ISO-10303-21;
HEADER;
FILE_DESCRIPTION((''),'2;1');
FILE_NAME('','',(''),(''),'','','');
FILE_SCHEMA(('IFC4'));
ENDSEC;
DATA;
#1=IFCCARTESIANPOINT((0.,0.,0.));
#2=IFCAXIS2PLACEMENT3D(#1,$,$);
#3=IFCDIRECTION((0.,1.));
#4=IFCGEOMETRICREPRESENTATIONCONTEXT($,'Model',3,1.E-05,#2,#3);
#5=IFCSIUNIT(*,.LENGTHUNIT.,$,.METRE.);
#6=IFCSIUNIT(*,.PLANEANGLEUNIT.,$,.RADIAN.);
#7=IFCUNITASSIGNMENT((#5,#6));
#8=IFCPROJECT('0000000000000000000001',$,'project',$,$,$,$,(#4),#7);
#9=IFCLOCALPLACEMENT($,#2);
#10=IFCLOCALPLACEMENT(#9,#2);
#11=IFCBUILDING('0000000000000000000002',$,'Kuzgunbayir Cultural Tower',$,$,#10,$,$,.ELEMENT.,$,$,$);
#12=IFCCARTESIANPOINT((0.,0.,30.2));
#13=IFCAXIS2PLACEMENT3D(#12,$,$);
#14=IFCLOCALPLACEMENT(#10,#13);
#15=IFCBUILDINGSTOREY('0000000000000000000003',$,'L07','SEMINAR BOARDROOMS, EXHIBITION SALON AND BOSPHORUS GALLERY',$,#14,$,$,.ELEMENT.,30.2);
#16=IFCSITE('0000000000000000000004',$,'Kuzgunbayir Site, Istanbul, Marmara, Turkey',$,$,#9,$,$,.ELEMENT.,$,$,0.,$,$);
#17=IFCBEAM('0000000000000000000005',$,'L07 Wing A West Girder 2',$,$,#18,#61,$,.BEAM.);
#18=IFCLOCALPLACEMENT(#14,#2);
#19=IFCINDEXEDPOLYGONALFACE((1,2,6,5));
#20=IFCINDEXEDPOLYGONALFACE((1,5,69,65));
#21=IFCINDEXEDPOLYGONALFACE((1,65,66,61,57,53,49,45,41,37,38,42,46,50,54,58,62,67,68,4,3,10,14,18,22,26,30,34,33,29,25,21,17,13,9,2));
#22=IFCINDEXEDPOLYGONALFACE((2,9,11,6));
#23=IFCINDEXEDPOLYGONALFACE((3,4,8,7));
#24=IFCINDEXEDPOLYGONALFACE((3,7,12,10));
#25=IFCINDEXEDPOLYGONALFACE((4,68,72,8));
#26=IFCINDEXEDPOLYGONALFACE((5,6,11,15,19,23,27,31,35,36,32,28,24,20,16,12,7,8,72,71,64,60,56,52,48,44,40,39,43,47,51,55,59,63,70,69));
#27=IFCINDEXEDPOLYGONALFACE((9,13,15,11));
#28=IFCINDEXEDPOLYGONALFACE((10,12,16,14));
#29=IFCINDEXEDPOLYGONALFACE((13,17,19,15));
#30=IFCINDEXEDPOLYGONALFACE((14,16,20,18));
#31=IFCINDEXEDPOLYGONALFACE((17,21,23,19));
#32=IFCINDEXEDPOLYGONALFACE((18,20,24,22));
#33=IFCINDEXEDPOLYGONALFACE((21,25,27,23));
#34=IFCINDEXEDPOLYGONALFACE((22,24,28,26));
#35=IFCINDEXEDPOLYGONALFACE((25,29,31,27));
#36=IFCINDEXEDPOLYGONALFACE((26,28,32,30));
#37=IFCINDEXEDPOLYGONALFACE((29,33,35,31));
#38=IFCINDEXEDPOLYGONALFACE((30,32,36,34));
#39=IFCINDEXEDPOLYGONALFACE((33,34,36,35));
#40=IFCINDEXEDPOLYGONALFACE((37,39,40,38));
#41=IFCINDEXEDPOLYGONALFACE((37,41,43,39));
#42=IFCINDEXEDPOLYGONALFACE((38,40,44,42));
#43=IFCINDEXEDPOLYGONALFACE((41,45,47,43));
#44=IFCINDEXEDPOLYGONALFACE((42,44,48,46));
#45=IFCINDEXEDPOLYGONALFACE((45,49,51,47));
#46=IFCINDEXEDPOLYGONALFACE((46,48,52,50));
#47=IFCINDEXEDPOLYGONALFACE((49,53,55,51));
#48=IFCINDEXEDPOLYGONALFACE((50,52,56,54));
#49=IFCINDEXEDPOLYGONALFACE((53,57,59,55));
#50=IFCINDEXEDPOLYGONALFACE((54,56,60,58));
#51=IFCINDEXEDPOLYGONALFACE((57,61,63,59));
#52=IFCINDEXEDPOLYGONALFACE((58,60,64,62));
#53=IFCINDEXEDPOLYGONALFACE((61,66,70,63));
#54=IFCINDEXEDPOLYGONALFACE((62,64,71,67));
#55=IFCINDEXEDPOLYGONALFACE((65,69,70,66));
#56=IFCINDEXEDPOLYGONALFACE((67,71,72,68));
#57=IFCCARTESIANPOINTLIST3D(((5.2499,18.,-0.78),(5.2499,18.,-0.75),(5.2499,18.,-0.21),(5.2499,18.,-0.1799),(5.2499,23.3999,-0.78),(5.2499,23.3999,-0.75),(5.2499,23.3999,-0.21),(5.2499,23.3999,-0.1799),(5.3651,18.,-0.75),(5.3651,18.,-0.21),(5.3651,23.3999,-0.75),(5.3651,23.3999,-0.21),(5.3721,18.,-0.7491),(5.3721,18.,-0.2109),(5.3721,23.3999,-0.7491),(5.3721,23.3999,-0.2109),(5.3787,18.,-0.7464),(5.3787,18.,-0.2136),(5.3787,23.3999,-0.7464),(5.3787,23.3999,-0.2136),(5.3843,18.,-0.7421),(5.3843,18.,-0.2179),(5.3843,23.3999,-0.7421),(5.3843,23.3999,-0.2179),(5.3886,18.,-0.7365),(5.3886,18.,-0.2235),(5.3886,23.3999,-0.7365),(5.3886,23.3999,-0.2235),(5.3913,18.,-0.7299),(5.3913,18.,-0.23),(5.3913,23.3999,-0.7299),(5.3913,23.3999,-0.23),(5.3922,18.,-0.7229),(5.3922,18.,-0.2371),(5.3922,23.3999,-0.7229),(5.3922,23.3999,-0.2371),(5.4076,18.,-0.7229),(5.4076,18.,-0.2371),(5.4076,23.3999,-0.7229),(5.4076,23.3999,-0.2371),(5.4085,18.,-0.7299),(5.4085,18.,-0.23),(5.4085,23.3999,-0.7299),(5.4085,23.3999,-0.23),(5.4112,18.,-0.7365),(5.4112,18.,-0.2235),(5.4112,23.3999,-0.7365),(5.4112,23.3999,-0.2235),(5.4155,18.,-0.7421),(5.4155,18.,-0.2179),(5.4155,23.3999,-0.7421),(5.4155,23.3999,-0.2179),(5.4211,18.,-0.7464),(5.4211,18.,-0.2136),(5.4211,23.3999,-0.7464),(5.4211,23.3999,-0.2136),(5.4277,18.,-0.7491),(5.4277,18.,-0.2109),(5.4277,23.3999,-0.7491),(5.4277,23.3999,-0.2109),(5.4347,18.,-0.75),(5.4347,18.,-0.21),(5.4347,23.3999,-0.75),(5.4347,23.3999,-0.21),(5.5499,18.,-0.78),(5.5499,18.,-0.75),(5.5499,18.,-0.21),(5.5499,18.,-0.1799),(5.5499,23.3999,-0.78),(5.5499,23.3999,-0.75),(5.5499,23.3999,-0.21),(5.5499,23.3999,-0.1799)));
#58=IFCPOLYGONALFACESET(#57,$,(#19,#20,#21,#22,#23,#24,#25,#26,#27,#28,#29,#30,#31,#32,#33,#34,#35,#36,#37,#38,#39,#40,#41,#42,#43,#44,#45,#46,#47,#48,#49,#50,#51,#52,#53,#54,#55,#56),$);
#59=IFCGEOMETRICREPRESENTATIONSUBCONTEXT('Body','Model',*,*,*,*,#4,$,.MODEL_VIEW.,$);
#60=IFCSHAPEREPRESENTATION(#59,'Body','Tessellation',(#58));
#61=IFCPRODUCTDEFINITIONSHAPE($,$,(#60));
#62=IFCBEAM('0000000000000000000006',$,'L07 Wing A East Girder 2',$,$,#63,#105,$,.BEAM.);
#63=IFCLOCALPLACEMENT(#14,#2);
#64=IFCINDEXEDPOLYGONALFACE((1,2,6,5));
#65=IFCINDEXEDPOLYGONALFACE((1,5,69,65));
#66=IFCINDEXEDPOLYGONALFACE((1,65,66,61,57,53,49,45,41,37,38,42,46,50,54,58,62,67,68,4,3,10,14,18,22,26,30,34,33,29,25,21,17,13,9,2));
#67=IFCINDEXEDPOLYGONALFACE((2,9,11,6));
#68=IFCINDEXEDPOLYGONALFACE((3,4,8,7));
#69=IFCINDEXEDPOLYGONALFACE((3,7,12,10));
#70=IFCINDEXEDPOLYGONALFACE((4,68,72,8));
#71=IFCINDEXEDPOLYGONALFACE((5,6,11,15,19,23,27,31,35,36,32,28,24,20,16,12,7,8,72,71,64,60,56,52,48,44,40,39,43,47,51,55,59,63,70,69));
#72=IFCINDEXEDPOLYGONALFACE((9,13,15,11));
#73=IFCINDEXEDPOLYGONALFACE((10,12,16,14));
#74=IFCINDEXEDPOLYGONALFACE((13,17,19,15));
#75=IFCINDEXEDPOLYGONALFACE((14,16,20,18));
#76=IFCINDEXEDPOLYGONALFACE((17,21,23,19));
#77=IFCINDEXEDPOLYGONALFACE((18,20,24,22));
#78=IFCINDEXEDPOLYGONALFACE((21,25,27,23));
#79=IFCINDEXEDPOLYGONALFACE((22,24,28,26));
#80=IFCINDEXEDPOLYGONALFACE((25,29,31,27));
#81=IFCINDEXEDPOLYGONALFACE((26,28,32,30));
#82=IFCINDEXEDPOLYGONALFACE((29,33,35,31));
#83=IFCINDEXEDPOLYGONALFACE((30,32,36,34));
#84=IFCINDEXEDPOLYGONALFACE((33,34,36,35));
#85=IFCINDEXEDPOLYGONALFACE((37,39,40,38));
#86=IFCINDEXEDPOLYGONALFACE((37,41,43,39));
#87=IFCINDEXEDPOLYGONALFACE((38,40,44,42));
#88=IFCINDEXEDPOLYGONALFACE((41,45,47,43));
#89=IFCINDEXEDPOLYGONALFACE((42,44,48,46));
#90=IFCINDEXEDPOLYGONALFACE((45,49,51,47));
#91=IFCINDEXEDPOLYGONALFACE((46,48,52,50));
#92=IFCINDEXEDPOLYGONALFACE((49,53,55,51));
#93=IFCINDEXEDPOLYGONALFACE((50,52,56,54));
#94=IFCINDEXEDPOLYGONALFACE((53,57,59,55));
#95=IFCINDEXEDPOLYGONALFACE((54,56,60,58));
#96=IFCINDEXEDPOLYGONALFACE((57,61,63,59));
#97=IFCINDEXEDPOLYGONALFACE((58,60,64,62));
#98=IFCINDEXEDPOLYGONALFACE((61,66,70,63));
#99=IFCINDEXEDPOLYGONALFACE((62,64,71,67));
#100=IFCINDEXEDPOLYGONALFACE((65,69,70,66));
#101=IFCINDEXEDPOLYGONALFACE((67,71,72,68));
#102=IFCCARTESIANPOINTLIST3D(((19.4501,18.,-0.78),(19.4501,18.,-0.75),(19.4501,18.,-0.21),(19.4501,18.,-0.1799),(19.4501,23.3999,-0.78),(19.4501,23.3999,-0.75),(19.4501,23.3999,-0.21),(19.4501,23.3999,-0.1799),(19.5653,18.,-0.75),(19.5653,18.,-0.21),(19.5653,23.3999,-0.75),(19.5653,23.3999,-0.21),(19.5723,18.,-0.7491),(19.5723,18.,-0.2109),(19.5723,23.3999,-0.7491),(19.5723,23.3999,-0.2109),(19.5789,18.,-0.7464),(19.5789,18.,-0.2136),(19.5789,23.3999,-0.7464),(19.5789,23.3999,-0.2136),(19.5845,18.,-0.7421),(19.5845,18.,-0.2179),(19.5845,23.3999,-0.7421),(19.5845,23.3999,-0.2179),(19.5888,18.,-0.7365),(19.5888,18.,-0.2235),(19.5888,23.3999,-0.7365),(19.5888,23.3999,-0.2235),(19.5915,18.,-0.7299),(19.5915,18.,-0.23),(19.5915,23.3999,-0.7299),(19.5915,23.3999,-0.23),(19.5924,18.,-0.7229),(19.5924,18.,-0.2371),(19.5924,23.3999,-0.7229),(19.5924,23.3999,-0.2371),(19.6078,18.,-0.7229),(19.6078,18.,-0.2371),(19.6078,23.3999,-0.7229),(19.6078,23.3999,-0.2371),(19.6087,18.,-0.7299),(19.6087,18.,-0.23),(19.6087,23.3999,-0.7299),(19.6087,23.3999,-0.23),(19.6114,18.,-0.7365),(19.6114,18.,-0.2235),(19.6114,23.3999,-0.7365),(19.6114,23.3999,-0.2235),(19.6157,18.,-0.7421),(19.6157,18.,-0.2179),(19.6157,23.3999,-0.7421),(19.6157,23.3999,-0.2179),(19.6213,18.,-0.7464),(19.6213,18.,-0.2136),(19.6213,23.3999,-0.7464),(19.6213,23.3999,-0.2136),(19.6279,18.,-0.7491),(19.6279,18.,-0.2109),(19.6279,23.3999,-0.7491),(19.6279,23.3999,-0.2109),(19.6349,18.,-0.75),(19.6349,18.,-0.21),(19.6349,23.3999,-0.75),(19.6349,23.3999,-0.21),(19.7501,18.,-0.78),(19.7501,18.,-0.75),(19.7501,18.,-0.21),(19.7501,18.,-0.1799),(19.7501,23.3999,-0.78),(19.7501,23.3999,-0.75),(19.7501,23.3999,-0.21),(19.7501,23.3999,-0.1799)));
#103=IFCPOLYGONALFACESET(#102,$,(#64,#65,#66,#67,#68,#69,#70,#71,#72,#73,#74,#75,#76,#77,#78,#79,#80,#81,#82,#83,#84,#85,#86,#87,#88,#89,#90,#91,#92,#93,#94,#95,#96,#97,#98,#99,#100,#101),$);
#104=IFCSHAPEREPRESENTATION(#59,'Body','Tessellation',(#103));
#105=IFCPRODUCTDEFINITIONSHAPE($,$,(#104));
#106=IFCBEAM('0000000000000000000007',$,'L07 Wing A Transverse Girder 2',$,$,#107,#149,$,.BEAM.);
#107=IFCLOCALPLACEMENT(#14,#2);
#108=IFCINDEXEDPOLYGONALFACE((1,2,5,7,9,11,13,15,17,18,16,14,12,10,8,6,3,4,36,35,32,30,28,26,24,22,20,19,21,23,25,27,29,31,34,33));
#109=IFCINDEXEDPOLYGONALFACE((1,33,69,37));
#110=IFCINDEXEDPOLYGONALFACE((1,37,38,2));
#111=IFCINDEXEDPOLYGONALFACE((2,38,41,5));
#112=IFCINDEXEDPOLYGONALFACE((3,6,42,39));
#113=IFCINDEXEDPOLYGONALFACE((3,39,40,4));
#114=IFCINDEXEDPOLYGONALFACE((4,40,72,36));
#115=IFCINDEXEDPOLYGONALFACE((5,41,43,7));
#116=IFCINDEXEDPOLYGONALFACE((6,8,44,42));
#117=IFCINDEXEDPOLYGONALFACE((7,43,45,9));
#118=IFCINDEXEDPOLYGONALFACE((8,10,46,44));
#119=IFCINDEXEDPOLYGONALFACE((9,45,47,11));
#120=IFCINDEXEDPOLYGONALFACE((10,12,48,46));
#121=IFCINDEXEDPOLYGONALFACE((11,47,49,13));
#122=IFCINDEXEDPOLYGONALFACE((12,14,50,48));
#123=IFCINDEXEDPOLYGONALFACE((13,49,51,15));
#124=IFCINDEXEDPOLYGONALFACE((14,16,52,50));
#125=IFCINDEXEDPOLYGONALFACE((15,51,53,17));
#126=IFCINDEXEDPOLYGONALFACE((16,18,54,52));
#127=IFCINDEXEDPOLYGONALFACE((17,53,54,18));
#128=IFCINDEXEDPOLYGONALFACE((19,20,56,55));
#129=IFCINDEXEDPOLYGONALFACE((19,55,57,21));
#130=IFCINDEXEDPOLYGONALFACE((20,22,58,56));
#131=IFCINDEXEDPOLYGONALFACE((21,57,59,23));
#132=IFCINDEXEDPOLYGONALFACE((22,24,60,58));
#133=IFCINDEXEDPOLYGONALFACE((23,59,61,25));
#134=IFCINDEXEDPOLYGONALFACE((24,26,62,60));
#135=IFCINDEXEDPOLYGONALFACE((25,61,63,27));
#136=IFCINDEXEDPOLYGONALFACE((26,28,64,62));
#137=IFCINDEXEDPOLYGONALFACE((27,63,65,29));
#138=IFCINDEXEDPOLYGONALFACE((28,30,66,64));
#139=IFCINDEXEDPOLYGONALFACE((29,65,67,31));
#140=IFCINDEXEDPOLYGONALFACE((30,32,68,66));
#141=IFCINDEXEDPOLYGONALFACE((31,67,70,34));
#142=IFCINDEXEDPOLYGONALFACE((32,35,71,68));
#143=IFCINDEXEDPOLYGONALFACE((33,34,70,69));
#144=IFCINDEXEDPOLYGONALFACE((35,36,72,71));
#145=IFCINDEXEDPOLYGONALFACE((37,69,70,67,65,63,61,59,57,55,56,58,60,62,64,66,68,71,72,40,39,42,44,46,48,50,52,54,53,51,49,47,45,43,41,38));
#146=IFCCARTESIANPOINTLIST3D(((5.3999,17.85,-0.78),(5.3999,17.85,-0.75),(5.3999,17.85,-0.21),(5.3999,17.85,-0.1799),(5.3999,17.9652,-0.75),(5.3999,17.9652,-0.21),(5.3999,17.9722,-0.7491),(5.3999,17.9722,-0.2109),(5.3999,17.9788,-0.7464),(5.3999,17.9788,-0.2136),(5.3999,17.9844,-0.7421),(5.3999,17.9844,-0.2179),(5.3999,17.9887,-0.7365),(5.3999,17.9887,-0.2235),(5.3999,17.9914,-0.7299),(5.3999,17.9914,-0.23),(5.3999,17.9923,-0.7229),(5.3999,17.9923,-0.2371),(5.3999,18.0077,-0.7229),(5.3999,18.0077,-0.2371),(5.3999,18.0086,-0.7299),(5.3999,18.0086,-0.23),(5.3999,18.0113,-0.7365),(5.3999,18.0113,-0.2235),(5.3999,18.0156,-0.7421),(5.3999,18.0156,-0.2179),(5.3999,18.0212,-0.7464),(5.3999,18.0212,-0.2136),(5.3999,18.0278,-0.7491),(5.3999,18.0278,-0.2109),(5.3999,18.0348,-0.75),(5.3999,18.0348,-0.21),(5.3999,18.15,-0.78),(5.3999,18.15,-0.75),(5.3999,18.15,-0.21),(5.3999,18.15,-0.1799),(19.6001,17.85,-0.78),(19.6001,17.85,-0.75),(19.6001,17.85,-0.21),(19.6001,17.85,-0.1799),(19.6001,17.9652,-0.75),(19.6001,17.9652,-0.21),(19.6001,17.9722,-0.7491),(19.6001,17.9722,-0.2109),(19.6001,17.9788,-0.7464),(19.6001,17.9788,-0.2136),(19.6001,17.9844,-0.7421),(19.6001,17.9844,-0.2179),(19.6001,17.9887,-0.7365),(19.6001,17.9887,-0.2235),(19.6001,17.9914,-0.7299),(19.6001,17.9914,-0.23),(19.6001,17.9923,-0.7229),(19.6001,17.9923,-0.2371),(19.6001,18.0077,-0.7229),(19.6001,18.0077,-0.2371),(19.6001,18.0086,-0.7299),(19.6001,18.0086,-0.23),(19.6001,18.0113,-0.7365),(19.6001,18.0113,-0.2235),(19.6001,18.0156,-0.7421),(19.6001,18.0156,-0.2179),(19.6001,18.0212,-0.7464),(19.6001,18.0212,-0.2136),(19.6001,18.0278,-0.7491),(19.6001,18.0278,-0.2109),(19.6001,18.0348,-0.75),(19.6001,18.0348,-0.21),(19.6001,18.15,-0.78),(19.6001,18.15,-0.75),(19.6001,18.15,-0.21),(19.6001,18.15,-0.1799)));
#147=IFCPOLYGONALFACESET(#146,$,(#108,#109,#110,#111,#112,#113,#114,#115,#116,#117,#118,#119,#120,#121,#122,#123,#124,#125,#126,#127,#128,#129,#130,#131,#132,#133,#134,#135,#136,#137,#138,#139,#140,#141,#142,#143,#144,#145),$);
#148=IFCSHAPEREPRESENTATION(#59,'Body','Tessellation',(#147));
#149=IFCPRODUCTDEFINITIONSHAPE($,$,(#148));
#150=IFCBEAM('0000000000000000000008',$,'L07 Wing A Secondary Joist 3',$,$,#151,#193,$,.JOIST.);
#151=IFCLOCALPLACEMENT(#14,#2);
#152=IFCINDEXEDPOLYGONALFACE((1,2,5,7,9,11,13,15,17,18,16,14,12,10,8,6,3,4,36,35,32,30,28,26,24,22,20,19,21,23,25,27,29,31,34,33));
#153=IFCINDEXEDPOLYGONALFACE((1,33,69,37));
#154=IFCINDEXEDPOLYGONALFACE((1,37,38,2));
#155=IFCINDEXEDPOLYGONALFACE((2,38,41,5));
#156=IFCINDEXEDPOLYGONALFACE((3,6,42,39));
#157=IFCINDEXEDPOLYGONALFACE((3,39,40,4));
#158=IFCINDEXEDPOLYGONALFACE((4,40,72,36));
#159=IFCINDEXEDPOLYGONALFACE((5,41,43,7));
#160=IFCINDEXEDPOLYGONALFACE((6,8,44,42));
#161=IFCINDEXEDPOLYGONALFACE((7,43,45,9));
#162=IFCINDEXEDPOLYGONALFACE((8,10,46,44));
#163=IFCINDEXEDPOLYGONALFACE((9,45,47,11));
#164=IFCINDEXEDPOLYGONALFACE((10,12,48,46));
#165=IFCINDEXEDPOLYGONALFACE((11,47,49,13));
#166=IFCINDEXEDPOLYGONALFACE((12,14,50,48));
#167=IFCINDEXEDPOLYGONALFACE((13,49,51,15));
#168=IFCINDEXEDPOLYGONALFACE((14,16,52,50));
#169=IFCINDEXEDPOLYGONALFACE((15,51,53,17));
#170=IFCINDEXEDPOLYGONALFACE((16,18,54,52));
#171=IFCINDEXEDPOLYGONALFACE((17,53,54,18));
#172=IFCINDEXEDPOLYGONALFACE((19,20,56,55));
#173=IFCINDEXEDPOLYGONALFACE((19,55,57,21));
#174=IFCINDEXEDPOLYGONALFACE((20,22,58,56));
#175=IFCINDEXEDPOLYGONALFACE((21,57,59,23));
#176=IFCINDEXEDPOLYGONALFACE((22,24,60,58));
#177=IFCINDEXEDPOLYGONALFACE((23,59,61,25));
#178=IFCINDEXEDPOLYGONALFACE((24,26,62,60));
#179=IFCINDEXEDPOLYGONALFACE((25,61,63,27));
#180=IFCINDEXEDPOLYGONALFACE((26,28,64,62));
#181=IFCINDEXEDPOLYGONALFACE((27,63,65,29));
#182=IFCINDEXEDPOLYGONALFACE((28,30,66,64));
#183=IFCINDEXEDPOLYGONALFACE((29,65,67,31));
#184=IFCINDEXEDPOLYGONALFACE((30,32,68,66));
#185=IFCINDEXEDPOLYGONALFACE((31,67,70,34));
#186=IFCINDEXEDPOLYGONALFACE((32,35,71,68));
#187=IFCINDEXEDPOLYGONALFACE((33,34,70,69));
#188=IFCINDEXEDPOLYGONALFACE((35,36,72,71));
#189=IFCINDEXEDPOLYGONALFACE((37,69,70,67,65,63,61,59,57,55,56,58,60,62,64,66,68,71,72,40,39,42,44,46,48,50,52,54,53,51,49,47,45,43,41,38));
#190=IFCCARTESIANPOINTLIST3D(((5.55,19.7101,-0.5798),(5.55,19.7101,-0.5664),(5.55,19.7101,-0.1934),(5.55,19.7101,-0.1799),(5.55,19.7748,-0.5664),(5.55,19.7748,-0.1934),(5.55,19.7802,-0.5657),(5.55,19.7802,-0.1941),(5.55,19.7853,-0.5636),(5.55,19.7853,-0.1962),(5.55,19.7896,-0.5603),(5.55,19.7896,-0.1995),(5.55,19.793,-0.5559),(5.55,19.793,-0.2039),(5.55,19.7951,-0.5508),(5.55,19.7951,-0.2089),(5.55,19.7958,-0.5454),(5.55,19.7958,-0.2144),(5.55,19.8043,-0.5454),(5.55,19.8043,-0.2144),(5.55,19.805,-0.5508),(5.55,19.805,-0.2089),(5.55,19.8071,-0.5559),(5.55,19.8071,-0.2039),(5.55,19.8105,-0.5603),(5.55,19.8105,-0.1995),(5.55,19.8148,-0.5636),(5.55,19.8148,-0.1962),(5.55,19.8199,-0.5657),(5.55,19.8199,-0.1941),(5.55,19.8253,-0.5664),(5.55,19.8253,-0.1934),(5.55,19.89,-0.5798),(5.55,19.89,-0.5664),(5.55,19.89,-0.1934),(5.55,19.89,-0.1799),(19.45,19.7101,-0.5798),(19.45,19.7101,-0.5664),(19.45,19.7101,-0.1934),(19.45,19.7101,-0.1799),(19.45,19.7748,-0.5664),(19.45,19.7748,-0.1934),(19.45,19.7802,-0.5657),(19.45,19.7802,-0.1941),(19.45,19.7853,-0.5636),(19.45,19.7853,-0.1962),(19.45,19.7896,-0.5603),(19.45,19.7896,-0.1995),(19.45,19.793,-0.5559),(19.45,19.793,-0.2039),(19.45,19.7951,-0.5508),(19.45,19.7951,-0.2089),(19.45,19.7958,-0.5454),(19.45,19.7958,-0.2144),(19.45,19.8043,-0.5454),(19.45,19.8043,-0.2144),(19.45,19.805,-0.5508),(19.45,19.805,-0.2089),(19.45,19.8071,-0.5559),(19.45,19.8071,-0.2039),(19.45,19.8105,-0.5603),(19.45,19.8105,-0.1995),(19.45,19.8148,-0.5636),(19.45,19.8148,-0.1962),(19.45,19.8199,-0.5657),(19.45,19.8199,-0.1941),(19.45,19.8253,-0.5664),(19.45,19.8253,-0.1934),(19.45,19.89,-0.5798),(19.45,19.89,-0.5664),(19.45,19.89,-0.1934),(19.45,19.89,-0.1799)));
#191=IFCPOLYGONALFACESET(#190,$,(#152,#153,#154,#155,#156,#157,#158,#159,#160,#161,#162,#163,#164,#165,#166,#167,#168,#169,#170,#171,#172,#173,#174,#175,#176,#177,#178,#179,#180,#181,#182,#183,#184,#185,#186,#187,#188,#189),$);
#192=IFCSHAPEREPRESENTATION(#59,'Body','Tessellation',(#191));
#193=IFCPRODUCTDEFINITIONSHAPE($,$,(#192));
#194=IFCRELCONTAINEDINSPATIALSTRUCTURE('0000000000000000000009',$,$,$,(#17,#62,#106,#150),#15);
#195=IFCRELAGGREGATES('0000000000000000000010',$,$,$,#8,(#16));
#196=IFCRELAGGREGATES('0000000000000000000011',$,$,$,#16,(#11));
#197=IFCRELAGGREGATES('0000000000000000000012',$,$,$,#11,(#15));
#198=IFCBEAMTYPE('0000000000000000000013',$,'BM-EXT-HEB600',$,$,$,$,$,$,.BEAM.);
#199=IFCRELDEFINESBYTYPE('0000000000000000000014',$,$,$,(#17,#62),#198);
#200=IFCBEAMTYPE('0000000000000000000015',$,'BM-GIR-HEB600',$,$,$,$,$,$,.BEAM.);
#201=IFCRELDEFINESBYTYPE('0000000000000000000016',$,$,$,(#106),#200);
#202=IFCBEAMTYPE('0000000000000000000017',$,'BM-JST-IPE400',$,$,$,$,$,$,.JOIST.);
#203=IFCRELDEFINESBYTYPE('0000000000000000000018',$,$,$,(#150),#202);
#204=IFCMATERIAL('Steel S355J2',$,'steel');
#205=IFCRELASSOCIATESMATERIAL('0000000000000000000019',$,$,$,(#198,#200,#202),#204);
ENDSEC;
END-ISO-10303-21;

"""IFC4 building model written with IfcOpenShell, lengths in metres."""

from ifc_helpers import new_model, si_unit, direction, frame, origin, origin_2d, place, context, subcontext, project, spatial, i_section, extrude, material, material_profile, profile_set, type_object, element, save


model = new_model("IFC4")

# Units and contexts
model_context = context("Model", 3, precision=1e-05, world=origin(), true_north=direction((0.0, 1.0)))
body_context = subcontext(model_context, "Body", "Model", "MODEL_VIEW")
ifc_project = project(units=[si_unit("LENGTHUNIT", "METRE"), si_unit("PLANEANGLEUNIT", "RADIAN")], contexts=[model_context])

# Site, building, storey
site_placement = place(None, origin())
site = spatial("IfcSite", under=ifc_project, at=site_placement, Name="Kuzgunbayir Site, Istanbul, Marmara, Turkey", CompositionType="ELEMENT", RefElevation=0.0)
building_placement = place(site_placement, origin())
building = spatial("IfcBuilding", under=site, at=building_placement, Name="Kuzgunbayir Cultural Tower", CompositionType="ELEMENT")
storey_placement = place(building_placement, frame((0.0, 0.0, 30.2)))
storey = spatial("IfcBuildingStorey", under=building, at=storey_placement, Name="L07", Description="SEMINAR BOARDROOMS, EXHIBITION SALON AND BOSPHORUS GALLERY", CompositionType="ELEMENT", Elevation=30.2)

# Beams
ifc_material_1 = material(Name="Steel S355J2", Category="steel")
ifc_material_profile_1 = material_profile(ifc_material_1, i_section(OverallWidth=0.3, OverallDepth=0.6001, WebThickness=0.0154, FlangeThickness=0.03, FilletRadius=0.0271, at=origin_2d()), Name="HEB 600")
ifc_profile_set_1 = profile_set([ifc_material_profile_1], Name="Steel S355J2")
beam_type_1 = type_object("IfcBeamType", Name="BM-EXT-HEB600", PredefinedType="BEAM", material=ifc_profile_set_1)
for number, where, z_axis, x_axis, name in (
    (1, (5.3999, 18.0, -0.48), (0.0, 1.0, 0.0), (-1.0, 0.0, 0.0), "L07 Wing A West Girder 2"),
    (2, (19.6001, 18.0, -0.48), (0.0, 1.0, 0.0), (-1.0, 0.0, 0.0), "L07 Wing A East Girder 2"),
):
    element("IfcBeam", number, at=place(storey_placement, frame(where, z_axis=z_axis, x_axis=x_axis)), inside=storey, type_object=beam_type_1, Name=name, PredefinedType="BEAM", context=body_context, shape_type="SweptSolid", body=[
        extrude(i_section(OverallWidth=0.3, OverallDepth=0.6001, WebThickness=0.0154, FlangeThickness=0.03, FilletRadius=0.0271, at=origin_2d()), origin(), (0.0, 0.0, 1.0), 5.3999),
    ])
ifc_material_profile_2 = material_profile(ifc_material_1, i_section(OverallWidth=0.3, OverallDepth=0.6001, WebThickness=0.0154, FlangeThickness=0.03, FilletRadius=0.0271, at=origin_2d()), Name="HEB 600")
ifc_profile_set_2 = profile_set([ifc_material_profile_2], Name="Steel S355J2")
beam_type_2 = type_object("IfcBeamType", Name="BM-GIR-HEB600", PredefinedType="BEAM", material=ifc_profile_set_2)
beam_1_placement = place(storey_placement, frame((5.3999, 18.0, -0.48), z_axis=(1.0, 0.0, 0.0), x_axis=(0.0, 1.0, 0.0)))
element("IfcBeam", 3, at=beam_1_placement, inside=storey, type_object=beam_type_2, Name="L07 Wing A Transverse Girder 2", PredefinedType="BEAM", context=body_context, shape_type="SweptSolid", body=[
    extrude(i_section(OverallWidth=0.3, OverallDepth=0.6001, WebThickness=0.0154, FlangeThickness=0.03, FilletRadius=0.0271, at=origin_2d()), origin(), (0.0, 0.0, 1.0), 14.2002),
])
ifc_material_profile_3 = material_profile(ifc_material_1, i_section(OverallWidth=0.1799, OverallDepth=0.3999, WebThickness=0.0085, FlangeThickness=0.0134, FilletRadius=0.021, at=origin_2d()), Name="IPE 400")
ifc_profile_set_3 = profile_set([ifc_material_profile_3], Name="Steel S355J2")
beam_type_3 = type_object("IfcBeamType", Name="BM-JST-IPE400", PredefinedType="JOIST", material=ifc_profile_set_3)
beam_2_placement = place(storey_placement, frame((5.55, 19.8, -0.3799), z_axis=(1.0, 0.0, 0.0), x_axis=(0.0, 1.0, 0.0)))
element("IfcBeam", 4, at=beam_2_placement, inside=storey, type_object=beam_type_3, Name="L07 Wing A Secondary Joist 3", PredefinedType="JOIST", context=body_context, shape_type="SweptSolid", body=[
    extrude(i_section(OverallWidth=0.1799, OverallDepth=0.3999, WebThickness=0.0085, FlangeThickness=0.0134, FilletRadius=0.021, at=origin_2d()), origin(), (0.0, 0.0, 1.0), 13.8999),
])

save(model, "model.ifc")
